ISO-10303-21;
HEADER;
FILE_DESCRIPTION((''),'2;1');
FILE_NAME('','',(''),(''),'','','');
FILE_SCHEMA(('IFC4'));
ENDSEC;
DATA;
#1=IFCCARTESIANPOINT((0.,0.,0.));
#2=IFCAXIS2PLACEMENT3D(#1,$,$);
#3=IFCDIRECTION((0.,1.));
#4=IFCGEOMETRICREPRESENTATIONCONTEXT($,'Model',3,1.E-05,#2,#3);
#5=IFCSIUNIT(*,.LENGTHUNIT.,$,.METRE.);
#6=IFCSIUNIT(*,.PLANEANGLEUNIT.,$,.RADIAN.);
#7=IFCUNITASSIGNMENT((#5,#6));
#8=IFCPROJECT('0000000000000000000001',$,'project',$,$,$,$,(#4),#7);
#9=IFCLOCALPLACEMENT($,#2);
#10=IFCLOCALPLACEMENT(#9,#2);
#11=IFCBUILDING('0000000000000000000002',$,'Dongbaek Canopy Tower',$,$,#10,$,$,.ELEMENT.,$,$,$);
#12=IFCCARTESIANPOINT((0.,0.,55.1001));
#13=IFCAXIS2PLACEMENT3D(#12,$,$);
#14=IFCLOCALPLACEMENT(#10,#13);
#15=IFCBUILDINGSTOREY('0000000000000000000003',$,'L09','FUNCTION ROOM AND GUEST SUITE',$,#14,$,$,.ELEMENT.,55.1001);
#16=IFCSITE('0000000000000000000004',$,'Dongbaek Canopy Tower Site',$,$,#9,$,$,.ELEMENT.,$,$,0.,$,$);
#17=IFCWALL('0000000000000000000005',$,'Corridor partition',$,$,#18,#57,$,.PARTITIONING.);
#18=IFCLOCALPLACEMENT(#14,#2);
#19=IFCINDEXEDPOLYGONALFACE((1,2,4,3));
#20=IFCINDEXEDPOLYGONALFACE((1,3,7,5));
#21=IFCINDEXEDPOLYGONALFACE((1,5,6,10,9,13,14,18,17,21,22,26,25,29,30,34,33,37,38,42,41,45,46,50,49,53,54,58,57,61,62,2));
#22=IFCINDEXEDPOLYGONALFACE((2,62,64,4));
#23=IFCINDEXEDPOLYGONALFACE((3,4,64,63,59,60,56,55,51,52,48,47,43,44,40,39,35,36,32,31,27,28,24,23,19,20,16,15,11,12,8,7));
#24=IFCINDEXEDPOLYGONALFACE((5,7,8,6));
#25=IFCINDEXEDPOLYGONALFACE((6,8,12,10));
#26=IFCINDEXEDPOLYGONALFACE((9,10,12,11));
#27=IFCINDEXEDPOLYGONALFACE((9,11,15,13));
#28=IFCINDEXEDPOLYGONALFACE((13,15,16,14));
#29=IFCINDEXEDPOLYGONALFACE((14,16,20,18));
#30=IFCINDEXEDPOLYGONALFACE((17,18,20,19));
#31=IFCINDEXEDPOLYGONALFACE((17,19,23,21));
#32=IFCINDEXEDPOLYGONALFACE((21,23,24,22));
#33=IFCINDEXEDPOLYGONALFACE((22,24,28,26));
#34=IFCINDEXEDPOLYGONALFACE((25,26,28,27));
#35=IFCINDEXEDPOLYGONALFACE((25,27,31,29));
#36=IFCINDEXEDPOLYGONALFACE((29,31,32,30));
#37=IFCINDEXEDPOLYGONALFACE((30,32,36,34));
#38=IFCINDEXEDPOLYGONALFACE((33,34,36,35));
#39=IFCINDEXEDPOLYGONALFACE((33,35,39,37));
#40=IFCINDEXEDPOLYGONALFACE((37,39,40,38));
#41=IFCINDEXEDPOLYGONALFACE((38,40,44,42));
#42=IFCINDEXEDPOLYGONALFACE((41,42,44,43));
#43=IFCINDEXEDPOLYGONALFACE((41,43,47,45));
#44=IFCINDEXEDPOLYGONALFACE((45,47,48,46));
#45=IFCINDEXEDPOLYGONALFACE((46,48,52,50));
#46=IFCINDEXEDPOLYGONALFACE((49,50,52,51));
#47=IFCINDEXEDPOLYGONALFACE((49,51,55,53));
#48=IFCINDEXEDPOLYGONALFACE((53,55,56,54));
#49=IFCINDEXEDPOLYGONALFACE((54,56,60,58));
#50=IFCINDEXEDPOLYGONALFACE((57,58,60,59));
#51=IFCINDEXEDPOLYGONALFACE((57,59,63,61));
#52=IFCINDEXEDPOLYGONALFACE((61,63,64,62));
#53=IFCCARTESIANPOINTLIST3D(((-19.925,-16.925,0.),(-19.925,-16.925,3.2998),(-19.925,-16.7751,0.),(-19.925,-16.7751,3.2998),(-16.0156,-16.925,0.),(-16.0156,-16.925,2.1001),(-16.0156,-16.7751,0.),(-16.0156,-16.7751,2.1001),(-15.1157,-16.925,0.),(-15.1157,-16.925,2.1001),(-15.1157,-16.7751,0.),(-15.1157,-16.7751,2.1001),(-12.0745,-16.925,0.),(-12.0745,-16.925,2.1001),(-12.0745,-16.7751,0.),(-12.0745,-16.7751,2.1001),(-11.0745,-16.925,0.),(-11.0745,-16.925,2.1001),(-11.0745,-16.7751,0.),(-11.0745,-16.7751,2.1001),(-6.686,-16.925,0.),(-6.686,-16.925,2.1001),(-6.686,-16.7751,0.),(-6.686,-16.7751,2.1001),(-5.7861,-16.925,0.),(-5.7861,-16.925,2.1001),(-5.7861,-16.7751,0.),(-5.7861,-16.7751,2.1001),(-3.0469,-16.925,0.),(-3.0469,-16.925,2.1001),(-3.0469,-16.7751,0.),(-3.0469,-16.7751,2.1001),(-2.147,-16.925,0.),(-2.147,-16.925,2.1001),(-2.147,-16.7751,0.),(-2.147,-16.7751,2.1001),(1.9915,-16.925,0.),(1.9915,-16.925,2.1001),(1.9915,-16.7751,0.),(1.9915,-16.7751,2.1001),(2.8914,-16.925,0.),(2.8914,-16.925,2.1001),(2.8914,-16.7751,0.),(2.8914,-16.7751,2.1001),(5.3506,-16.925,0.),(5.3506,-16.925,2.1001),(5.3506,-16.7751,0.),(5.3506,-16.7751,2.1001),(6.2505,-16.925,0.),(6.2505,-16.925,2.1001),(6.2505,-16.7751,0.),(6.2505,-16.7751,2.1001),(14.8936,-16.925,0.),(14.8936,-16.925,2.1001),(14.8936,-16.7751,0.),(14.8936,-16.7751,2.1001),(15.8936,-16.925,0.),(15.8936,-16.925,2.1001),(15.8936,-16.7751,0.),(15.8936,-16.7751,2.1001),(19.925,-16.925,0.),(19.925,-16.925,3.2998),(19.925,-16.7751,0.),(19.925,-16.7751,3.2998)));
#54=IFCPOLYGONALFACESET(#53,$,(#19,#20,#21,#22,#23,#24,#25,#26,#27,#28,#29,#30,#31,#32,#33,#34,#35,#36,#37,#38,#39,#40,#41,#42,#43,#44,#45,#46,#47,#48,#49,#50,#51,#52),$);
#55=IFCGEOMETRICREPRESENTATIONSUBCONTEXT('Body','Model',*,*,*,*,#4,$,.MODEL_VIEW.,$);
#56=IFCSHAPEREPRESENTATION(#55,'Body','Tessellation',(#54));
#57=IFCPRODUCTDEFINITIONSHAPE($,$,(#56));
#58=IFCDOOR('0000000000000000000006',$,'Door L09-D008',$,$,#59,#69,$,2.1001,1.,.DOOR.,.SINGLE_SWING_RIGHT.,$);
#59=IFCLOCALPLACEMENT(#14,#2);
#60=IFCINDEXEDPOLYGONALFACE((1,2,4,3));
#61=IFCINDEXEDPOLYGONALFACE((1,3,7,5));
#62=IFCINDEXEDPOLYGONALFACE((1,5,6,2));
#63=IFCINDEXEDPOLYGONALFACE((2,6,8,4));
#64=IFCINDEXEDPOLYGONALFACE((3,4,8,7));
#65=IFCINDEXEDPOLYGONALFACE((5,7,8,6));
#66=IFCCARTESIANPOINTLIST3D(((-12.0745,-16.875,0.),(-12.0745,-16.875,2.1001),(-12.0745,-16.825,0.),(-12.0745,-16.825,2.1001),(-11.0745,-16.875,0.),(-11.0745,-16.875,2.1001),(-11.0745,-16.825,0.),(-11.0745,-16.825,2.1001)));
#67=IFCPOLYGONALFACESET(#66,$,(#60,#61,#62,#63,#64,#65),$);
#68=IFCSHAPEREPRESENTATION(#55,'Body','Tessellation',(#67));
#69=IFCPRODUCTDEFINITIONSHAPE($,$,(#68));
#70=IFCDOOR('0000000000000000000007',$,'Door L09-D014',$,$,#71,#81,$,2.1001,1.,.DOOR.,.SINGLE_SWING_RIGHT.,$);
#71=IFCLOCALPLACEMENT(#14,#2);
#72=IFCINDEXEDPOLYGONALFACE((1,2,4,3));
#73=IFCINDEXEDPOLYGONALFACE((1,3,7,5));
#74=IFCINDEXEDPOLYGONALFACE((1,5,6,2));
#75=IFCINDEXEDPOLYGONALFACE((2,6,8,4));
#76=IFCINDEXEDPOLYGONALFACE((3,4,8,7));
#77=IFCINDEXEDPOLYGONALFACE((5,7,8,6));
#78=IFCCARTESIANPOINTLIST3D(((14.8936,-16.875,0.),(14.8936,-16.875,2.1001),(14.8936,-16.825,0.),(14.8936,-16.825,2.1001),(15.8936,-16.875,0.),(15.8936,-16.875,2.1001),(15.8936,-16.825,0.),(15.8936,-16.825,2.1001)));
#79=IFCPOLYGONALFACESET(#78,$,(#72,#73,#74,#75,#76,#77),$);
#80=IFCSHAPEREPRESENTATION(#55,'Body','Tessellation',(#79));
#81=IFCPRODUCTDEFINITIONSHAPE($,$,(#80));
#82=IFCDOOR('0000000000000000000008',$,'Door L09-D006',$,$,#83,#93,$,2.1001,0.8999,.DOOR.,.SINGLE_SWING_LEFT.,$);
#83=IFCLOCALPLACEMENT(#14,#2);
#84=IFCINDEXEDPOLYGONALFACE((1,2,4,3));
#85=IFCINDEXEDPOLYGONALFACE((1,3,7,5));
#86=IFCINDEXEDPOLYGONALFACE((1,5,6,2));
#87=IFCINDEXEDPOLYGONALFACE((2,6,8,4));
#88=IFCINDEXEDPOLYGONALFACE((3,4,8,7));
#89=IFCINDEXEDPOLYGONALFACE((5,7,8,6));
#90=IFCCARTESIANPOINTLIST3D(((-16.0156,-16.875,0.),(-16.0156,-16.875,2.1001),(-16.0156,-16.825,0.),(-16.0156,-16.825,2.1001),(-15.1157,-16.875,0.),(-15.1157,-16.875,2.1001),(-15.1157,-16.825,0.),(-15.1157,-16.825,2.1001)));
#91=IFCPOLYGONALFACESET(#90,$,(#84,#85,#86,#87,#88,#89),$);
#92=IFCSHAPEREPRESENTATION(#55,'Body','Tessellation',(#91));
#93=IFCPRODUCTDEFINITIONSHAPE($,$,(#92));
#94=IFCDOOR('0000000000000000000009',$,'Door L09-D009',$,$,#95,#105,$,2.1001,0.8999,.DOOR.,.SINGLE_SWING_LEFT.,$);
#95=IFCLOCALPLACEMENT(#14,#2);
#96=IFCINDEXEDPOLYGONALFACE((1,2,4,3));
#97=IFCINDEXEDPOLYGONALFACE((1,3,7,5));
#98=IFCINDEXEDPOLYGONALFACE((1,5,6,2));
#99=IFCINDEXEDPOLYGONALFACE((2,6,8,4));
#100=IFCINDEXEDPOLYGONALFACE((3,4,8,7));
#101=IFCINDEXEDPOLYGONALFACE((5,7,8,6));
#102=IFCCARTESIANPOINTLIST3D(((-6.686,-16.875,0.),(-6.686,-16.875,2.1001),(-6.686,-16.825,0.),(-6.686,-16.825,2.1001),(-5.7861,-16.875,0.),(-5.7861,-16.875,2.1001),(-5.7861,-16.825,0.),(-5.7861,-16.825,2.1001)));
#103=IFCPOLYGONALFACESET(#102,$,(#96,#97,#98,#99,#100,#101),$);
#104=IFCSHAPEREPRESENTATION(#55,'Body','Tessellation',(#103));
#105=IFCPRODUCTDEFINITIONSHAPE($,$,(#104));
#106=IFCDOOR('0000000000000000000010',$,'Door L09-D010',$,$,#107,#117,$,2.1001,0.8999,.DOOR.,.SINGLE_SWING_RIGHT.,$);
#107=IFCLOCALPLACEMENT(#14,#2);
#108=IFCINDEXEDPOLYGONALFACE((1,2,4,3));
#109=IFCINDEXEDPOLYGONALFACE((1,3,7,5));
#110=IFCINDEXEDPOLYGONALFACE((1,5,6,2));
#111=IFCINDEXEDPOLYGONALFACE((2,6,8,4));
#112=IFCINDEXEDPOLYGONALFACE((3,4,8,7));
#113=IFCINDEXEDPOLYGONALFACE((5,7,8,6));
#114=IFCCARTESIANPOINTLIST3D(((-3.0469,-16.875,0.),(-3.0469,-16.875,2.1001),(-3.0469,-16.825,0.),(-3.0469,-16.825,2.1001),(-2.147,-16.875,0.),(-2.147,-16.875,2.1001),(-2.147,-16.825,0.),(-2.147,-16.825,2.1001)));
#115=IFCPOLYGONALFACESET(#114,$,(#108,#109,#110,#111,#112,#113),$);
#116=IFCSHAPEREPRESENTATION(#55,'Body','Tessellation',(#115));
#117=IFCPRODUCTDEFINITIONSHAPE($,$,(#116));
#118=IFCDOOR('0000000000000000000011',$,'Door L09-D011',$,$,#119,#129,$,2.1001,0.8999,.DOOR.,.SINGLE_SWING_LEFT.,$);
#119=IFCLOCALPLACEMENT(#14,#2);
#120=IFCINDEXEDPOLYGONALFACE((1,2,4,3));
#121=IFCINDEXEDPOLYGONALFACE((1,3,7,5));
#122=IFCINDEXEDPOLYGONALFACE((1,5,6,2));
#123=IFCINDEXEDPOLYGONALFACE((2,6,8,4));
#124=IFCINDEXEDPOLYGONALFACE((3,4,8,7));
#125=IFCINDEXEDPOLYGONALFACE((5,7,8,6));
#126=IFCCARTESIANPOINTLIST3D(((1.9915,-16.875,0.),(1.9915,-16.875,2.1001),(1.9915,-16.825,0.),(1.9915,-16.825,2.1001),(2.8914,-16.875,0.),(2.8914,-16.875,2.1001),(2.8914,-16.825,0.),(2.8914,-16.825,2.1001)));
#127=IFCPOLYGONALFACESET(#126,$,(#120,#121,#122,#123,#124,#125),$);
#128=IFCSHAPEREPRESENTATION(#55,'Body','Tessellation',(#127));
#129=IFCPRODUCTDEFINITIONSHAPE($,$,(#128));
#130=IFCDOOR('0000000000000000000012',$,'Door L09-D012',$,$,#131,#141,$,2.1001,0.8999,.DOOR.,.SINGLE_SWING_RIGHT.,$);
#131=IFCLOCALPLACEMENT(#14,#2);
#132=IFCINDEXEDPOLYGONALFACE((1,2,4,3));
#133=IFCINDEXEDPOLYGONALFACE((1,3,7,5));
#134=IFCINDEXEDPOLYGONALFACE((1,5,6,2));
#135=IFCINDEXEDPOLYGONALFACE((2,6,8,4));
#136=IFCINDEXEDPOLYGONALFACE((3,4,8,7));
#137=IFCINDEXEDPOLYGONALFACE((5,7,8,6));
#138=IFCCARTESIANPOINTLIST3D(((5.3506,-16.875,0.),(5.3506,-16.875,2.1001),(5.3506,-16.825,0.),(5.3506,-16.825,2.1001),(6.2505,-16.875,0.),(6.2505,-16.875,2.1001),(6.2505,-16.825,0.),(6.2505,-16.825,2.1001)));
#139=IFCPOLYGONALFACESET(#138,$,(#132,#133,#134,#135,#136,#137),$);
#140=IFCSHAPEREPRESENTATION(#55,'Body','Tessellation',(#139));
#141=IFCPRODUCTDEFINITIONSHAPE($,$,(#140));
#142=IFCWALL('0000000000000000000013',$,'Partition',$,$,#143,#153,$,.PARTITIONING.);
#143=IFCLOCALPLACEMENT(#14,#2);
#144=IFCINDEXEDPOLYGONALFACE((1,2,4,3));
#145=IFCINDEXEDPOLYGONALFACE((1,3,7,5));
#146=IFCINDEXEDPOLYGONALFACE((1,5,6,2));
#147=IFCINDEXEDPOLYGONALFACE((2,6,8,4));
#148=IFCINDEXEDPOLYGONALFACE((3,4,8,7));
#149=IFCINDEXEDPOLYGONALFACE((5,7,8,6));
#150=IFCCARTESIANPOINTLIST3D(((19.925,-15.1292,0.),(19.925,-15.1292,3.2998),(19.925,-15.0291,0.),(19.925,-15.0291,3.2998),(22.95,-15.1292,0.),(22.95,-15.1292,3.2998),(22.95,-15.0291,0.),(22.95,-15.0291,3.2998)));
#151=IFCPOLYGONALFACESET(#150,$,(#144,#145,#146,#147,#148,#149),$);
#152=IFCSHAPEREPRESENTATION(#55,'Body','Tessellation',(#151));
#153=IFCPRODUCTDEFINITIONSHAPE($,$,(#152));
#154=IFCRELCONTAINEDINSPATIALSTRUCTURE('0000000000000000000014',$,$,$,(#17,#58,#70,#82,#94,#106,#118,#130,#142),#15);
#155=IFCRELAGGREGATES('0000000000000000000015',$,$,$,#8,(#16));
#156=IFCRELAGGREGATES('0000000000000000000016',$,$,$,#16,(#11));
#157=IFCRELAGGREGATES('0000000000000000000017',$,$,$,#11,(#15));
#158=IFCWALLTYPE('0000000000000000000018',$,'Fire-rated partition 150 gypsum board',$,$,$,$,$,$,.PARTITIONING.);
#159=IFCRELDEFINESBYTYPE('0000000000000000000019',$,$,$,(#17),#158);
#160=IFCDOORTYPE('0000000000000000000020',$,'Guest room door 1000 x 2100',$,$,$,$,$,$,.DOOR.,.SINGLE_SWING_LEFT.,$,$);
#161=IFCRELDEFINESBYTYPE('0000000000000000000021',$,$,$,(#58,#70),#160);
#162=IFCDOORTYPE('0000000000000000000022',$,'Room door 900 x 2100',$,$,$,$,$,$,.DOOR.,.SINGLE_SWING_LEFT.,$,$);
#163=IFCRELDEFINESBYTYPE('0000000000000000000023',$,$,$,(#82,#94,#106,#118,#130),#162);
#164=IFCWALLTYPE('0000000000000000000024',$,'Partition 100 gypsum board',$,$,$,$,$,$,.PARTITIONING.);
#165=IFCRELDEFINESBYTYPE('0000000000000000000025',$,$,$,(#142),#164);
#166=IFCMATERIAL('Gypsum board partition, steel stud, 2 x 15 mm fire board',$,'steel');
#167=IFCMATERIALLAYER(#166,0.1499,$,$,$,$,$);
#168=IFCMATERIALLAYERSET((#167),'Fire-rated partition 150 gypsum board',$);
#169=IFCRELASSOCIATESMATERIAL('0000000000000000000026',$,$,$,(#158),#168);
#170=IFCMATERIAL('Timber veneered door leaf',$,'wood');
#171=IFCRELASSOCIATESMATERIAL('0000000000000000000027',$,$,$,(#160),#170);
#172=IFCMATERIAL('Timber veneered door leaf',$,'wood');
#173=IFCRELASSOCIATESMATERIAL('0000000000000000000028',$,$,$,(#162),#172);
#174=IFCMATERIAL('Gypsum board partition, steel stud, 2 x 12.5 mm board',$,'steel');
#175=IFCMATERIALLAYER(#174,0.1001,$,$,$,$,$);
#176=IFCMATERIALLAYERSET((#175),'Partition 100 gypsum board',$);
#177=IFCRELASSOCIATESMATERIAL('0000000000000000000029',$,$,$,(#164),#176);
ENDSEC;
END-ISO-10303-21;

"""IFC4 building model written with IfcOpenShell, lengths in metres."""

from ifc_helpers import new_model, si_unit, direction, frame, frame_2d, origin, place, context, subcontext, project, spatial, rectangle, extrude, material, layer, layer_set, type_object, element, fill, save


model = new_model("IFC4")

# Units and contexts
model_context = context("Model", 3, precision=1e-05, world=origin(), true_north=direction((0.0, 1.0)))
body_context = subcontext(model_context, "Body", "Model", "MODEL_VIEW")
ifc_project = project(units=[si_unit("LENGTHUNIT", "METRE"), si_unit("PLANEANGLEUNIT", "RADIAN")], contexts=[model_context])

# Site, building, storey
site_placement = place(None, origin())
site = spatial("IfcSite", under=ifc_project, at=site_placement, Name="Dongbaek Canopy Tower Site", CompositionType="ELEMENT", RefElevation=0.0)
building_placement = place(site_placement, origin())
building = spatial("IfcBuilding", under=site, at=building_placement, Name="Dongbaek Canopy Tower", CompositionType="ELEMENT")
storey_placement = place(building_placement, frame((0.0, 0.0, 55.1001)))
storey = spatial("IfcBuildingStorey", under=building, at=storey_placement, Name="L09", Description="FUNCTION ROOM AND GUEST SUITE", CompositionType="ELEMENT", Elevation=55.1001)

# Wall, openings, doors
ifc_material_1 = material(Name="Gypsum board partition, steel stud, 2 x 15 mm fire board", Category="steel")
ifc_layer_1 = layer(ifc_material_1, 0.1499)
ifc_layer_set_1 = layer_set([ifc_layer_1], Name="Fire-rated partition 150 gypsum board")
wall_type_1 = type_object("IfcWallType", Name="Fire-rated partition 150 gypsum board", PredefinedType="PARTITIONING", material=ifc_layer_set_1)
wall_1_placement = place(storey_placement, frame((19.925, -16.8501, 0.0), z_axis=(0.0, 0.0, 1.0), x_axis=(-1.0, 0.0, 0.0)))
wall_1 = element("IfcWall", 1, at=wall_1_placement, inside=storey, type_object=wall_type_1, Name="Corridor partition", PredefinedType="PARTITIONING", context=body_context, shape_type="SweptSolid", body=[
    extrude(rectangle(XDim=39.8501, YDim=0.1499, at=frame_2d((19.925, 0.0))), origin(), (0.0, 0.0, 1.0), 3.2998),
])
opening_1_placement = place(wall_1_placement, frame((35.0408, 0.0, 0.0)))
opening_1 = element("IfcOpeningElement", 2, at=opening_1_placement, cuts=wall_1, PredefinedType="OPENING", context=body_context, shape_type="SweptSolid", body=[
    extrude(rectangle(XDim=0.8999, YDim=2.1001, at=frame_2d((0.45, 1.05))), frame((0.0, 0.085, 0.0), z_axis=(0.0, -1.0, 0.0), x_axis=(1.0, 0.0, 0.0)), (0.0, 0.0, 1.0), 0.1699),
])
opening_2_placement = place(wall_1_placement, frame((30.9995, 0.0, 0.0)))
opening_2 = element("IfcOpeningElement", 3, at=opening_2_placement, cuts=wall_1, PredefinedType="OPENING", context=body_context, shape_type="SweptSolid", body=[
    extrude(rectangle(XDim=1.0, YDim=2.1001, at=frame_2d((0.5, 1.05))), frame((0.0, 0.085, 0.0), z_axis=(0.0, -1.0, 0.0), x_axis=(1.0, 0.0, 0.0)), (0.0, 0.0, 1.0), 0.1699),
])
opening_3_placement = place(wall_1_placement, frame((25.7112, 0.0, 0.0)))
opening_3 = element("IfcOpeningElement", 4, at=opening_3_placement, cuts=wall_1, PredefinedType="OPENING", context=body_context, shape_type="SweptSolid", body=[
    extrude(rectangle(XDim=0.8999, YDim=2.1001, at=frame_2d((0.45, 1.05))), frame((0.0, 0.085, 0.0), z_axis=(0.0, -1.0, 0.0), x_axis=(1.0, 0.0, 0.0)), (0.0, 0.0, 1.0), 0.1699),
])
opening_4_placement = place(wall_1_placement, frame((22.072, 0.0, 0.0)))
opening_4 = element("IfcOpeningElement", 5, at=opening_4_placement, cuts=wall_1, PredefinedType="OPENING", context=body_context, shape_type="SweptSolid", body=[
    extrude(rectangle(XDim=0.8999, YDim=2.1001, at=frame_2d((0.45, 1.05))), frame((0.0, 0.085, 0.0), z_axis=(0.0, -1.0, 0.0), x_axis=(1.0, 0.0, 0.0)), (0.0, 0.0, 1.0), 0.1699),
])
opening_5_placement = place(wall_1_placement, frame((17.0337, 0.0, 0.0)))
opening_5 = element("IfcOpeningElement", 6, at=opening_5_placement, cuts=wall_1, PredefinedType="OPENING", context=body_context, shape_type="SweptSolid", body=[
    extrude(rectangle(XDim=0.8999, YDim=2.1001, at=frame_2d((0.45, 1.05))), frame((0.0, 0.085, 0.0), z_axis=(0.0, -1.0, 0.0), x_axis=(1.0, 0.0, 0.0)), (0.0, 0.0, 1.0), 0.1699),
])
opening_6_placement = place(wall_1_placement, frame((13.6746, 0.0, 0.0)))
opening_6 = element("IfcOpeningElement", 7, at=opening_6_placement, cuts=wall_1, PredefinedType="OPENING", context=body_context, shape_type="SweptSolid", body=[
    extrude(rectangle(XDim=0.8999, YDim=2.1001, at=frame_2d((0.45, 1.05))), frame((0.0, 0.085, 0.0), z_axis=(0.0, -1.0, 0.0), x_axis=(1.0, 0.0, 0.0)), (0.0, 0.0, 1.0), 0.1699),
])
opening_7_placement = place(wall_1_placement, frame((4.0315, 0.0, 0.0)))
opening_7 = element("IfcOpeningElement", 8, at=opening_7_placement, cuts=wall_1, PredefinedType="OPENING", context=body_context, shape_type="SweptSolid", body=[
    extrude(rectangle(XDim=1.0, YDim=2.1001, at=frame_2d((0.5, 1.05))), frame((0.0, 0.085, 0.0), z_axis=(0.0, -1.0, 0.0), x_axis=(1.0, 0.0, 0.0)), (0.0, 0.0, 1.0), 0.1699),
])
ifc_material_2 = material(Name="Timber veneered door leaf", Category="wood")
door_type_1 = type_object("IfcDoorType", Name="Guest room door 1000 x 2100", OperationType="SINGLE_SWING_LEFT", PredefinedType="DOOR", material=ifc_material_2)
door_1_placement = place(opening_2_placement, origin())
door_1 = element("IfcDoor", 9, at=door_1_placement, inside=storey, type_object=door_type_1, Name="Door L09-D008", OperationType="SINGLE_SWING_RIGHT", OverallHeight=2.1001, OverallWidth=1.0, PredefinedType="DOOR", context=body_context, shape_type="SweptSolid", body=[
    extrude(rectangle(XDim=1.0, YDim=2.1001, at=frame_2d((0.5, 1.05))), frame((0.0, 0.0249, 0.0), z_axis=(0.0, -1.0, 0.0), x_axis=(1.0, 0.0, 0.0)), (0.0, 0.0, 1.0), 0.05),
])
fill(opening_2, door_1)
door_2_placement = place(opening_7_placement, origin())
door_2 = element("IfcDoor", 10, at=door_2_placement, inside=storey, type_object=door_type_1, Name="Door L09-D014", OperationType="SINGLE_SWING_RIGHT", OverallHeight=2.1001, OverallWidth=1.0, PredefinedType="DOOR", context=body_context, shape_type="SweptSolid", body=[
    extrude(rectangle(XDim=1.0, YDim=2.1001, at=frame_2d((0.5, 1.05))), frame((0.0, 0.0249, 0.0), z_axis=(0.0, -1.0, 0.0), x_axis=(1.0, 0.0, 0.0)), (0.0, 0.0, 1.0), 0.05),
])
fill(opening_7, door_2)
ifc_material_3 = material(Name="Timber veneered door leaf", Category="wood")
door_type_2 = type_object("IfcDoorType", Name="Room door 900 x 2100", OperationType="SINGLE_SWING_LEFT", PredefinedType="DOOR", material=ifc_material_3)
door_3_placement = place(opening_1_placement, origin())
door_3 = element("IfcDoor", 11, at=door_3_placement, inside=storey, type_object=door_type_2, Name="Door L09-D006", OperationType="SINGLE_SWING_LEFT", OverallHeight=2.1001, OverallWidth=0.8999, PredefinedType="DOOR", context=body_context, shape_type="SweptSolid", body=[
    extrude(rectangle(XDim=0.8999, YDim=2.1001, at=frame_2d((0.45, 1.05))), frame((0.0, 0.0249, 0.0), z_axis=(0.0, -1.0, 0.0), x_axis=(1.0, 0.0, 0.0)), (0.0, 0.0, 1.0), 0.05),
])
fill(opening_1, door_3)
door_4_placement = place(opening_3_placement, origin())
door_4 = element("IfcDoor", 12, at=door_4_placement, inside=storey, type_object=door_type_2, Name="Door L09-D009", OperationType="SINGLE_SWING_LEFT", OverallHeight=2.1001, OverallWidth=0.8999, PredefinedType="DOOR", context=body_context, shape_type="SweptSolid", body=[
    extrude(rectangle(XDim=0.8999, YDim=2.1001, at=frame_2d((0.45, 1.05))), frame((0.0, 0.0249, 0.0), z_axis=(0.0, -1.0, 0.0), x_axis=(1.0, 0.0, 0.0)), (0.0, 0.0, 1.0), 0.05),
])
fill(opening_3, door_4)
door_5_placement = place(opening_4_placement, origin())
door_5 = element("IfcDoor", 13, at=door_5_placement, inside=storey, type_object=door_type_2, Name="Door L09-D010", OperationType="SINGLE_SWING_RIGHT", OverallHeight=2.1001, OverallWidth=0.8999, PredefinedType="DOOR", context=body_context, shape_type="SweptSolid", body=[
    extrude(rectangle(XDim=0.8999, YDim=2.1001, at=frame_2d((0.45, 1.05))), frame((0.0, 0.0249, 0.0), z_axis=(0.0, -1.0, 0.0), x_axis=(1.0, 0.0, 0.0)), (0.0, 0.0, 1.0), 0.05),
])
fill(opening_4, door_5)
door_6_placement = place(opening_5_placement, origin())
door_6 = element("IfcDoor", 14, at=door_6_placement, inside=storey, type_object=door_type_2, Name="Door L09-D011", OperationType="SINGLE_SWING_LEFT", OverallHeight=2.1001, OverallWidth=0.8999, PredefinedType="DOOR", context=body_context, shape_type="SweptSolid", body=[
    extrude(rectangle(XDim=0.8999, YDim=2.1001, at=frame_2d((0.45, 1.05))), frame((0.0, 0.0249, 0.0), z_axis=(0.0, -1.0, 0.0), x_axis=(1.0, 0.0, 0.0)), (0.0, 0.0, 1.0), 0.05),
])
fill(opening_5, door_6)
door_7_placement = place(opening_6_placement, origin())
door_7 = element("IfcDoor", 15, at=door_7_placement, inside=storey, type_object=door_type_2, Name="Door L09-D012", OperationType="SINGLE_SWING_RIGHT", OverallHeight=2.1001, OverallWidth=0.8999, PredefinedType="DOOR", context=body_context, shape_type="SweptSolid", body=[
    extrude(rectangle(XDim=0.8999, YDim=2.1001, at=frame_2d((0.45, 1.05))), frame((0.0, 0.0249, 0.0), z_axis=(0.0, -1.0, 0.0), x_axis=(1.0, 0.0, 0.0)), (0.0, 0.0, 1.0), 0.05),
])
fill(opening_6, door_7)

# Wall
ifc_material_4 = material(Name="Gypsum board partition, steel stud, 2 x 12.5 mm board", Category="steel")
ifc_layer_2 = layer(ifc_material_4, 0.1001)
ifc_layer_set_2 = layer_set([ifc_layer_2], Name="Partition 100 gypsum board")
wall_type_2 = type_object("IfcWallType", Name="Partition 100 gypsum board", PredefinedType="PARTITIONING", material=ifc_layer_set_2)
wall_2_placement = place(storey_placement, frame((19.925, -15.0791, 0.0), z_axis=(0.0, 0.0, 1.0), x_axis=(1.0, 0.0, 0.0)))
element("IfcWall", 16, at=wall_2_placement, inside=storey, type_object=wall_type_2, Name="Partition", PredefinedType="PARTITIONING", context=body_context, shape_type="SweptSolid", body=[
    extrude(rectangle(XDim=3.0249, YDim=0.1001, at=frame_2d((1.5125, 0.0))), origin(), (0.0, 0.0, 1.0), 3.2998),
])

save(model, "model.ifc")
